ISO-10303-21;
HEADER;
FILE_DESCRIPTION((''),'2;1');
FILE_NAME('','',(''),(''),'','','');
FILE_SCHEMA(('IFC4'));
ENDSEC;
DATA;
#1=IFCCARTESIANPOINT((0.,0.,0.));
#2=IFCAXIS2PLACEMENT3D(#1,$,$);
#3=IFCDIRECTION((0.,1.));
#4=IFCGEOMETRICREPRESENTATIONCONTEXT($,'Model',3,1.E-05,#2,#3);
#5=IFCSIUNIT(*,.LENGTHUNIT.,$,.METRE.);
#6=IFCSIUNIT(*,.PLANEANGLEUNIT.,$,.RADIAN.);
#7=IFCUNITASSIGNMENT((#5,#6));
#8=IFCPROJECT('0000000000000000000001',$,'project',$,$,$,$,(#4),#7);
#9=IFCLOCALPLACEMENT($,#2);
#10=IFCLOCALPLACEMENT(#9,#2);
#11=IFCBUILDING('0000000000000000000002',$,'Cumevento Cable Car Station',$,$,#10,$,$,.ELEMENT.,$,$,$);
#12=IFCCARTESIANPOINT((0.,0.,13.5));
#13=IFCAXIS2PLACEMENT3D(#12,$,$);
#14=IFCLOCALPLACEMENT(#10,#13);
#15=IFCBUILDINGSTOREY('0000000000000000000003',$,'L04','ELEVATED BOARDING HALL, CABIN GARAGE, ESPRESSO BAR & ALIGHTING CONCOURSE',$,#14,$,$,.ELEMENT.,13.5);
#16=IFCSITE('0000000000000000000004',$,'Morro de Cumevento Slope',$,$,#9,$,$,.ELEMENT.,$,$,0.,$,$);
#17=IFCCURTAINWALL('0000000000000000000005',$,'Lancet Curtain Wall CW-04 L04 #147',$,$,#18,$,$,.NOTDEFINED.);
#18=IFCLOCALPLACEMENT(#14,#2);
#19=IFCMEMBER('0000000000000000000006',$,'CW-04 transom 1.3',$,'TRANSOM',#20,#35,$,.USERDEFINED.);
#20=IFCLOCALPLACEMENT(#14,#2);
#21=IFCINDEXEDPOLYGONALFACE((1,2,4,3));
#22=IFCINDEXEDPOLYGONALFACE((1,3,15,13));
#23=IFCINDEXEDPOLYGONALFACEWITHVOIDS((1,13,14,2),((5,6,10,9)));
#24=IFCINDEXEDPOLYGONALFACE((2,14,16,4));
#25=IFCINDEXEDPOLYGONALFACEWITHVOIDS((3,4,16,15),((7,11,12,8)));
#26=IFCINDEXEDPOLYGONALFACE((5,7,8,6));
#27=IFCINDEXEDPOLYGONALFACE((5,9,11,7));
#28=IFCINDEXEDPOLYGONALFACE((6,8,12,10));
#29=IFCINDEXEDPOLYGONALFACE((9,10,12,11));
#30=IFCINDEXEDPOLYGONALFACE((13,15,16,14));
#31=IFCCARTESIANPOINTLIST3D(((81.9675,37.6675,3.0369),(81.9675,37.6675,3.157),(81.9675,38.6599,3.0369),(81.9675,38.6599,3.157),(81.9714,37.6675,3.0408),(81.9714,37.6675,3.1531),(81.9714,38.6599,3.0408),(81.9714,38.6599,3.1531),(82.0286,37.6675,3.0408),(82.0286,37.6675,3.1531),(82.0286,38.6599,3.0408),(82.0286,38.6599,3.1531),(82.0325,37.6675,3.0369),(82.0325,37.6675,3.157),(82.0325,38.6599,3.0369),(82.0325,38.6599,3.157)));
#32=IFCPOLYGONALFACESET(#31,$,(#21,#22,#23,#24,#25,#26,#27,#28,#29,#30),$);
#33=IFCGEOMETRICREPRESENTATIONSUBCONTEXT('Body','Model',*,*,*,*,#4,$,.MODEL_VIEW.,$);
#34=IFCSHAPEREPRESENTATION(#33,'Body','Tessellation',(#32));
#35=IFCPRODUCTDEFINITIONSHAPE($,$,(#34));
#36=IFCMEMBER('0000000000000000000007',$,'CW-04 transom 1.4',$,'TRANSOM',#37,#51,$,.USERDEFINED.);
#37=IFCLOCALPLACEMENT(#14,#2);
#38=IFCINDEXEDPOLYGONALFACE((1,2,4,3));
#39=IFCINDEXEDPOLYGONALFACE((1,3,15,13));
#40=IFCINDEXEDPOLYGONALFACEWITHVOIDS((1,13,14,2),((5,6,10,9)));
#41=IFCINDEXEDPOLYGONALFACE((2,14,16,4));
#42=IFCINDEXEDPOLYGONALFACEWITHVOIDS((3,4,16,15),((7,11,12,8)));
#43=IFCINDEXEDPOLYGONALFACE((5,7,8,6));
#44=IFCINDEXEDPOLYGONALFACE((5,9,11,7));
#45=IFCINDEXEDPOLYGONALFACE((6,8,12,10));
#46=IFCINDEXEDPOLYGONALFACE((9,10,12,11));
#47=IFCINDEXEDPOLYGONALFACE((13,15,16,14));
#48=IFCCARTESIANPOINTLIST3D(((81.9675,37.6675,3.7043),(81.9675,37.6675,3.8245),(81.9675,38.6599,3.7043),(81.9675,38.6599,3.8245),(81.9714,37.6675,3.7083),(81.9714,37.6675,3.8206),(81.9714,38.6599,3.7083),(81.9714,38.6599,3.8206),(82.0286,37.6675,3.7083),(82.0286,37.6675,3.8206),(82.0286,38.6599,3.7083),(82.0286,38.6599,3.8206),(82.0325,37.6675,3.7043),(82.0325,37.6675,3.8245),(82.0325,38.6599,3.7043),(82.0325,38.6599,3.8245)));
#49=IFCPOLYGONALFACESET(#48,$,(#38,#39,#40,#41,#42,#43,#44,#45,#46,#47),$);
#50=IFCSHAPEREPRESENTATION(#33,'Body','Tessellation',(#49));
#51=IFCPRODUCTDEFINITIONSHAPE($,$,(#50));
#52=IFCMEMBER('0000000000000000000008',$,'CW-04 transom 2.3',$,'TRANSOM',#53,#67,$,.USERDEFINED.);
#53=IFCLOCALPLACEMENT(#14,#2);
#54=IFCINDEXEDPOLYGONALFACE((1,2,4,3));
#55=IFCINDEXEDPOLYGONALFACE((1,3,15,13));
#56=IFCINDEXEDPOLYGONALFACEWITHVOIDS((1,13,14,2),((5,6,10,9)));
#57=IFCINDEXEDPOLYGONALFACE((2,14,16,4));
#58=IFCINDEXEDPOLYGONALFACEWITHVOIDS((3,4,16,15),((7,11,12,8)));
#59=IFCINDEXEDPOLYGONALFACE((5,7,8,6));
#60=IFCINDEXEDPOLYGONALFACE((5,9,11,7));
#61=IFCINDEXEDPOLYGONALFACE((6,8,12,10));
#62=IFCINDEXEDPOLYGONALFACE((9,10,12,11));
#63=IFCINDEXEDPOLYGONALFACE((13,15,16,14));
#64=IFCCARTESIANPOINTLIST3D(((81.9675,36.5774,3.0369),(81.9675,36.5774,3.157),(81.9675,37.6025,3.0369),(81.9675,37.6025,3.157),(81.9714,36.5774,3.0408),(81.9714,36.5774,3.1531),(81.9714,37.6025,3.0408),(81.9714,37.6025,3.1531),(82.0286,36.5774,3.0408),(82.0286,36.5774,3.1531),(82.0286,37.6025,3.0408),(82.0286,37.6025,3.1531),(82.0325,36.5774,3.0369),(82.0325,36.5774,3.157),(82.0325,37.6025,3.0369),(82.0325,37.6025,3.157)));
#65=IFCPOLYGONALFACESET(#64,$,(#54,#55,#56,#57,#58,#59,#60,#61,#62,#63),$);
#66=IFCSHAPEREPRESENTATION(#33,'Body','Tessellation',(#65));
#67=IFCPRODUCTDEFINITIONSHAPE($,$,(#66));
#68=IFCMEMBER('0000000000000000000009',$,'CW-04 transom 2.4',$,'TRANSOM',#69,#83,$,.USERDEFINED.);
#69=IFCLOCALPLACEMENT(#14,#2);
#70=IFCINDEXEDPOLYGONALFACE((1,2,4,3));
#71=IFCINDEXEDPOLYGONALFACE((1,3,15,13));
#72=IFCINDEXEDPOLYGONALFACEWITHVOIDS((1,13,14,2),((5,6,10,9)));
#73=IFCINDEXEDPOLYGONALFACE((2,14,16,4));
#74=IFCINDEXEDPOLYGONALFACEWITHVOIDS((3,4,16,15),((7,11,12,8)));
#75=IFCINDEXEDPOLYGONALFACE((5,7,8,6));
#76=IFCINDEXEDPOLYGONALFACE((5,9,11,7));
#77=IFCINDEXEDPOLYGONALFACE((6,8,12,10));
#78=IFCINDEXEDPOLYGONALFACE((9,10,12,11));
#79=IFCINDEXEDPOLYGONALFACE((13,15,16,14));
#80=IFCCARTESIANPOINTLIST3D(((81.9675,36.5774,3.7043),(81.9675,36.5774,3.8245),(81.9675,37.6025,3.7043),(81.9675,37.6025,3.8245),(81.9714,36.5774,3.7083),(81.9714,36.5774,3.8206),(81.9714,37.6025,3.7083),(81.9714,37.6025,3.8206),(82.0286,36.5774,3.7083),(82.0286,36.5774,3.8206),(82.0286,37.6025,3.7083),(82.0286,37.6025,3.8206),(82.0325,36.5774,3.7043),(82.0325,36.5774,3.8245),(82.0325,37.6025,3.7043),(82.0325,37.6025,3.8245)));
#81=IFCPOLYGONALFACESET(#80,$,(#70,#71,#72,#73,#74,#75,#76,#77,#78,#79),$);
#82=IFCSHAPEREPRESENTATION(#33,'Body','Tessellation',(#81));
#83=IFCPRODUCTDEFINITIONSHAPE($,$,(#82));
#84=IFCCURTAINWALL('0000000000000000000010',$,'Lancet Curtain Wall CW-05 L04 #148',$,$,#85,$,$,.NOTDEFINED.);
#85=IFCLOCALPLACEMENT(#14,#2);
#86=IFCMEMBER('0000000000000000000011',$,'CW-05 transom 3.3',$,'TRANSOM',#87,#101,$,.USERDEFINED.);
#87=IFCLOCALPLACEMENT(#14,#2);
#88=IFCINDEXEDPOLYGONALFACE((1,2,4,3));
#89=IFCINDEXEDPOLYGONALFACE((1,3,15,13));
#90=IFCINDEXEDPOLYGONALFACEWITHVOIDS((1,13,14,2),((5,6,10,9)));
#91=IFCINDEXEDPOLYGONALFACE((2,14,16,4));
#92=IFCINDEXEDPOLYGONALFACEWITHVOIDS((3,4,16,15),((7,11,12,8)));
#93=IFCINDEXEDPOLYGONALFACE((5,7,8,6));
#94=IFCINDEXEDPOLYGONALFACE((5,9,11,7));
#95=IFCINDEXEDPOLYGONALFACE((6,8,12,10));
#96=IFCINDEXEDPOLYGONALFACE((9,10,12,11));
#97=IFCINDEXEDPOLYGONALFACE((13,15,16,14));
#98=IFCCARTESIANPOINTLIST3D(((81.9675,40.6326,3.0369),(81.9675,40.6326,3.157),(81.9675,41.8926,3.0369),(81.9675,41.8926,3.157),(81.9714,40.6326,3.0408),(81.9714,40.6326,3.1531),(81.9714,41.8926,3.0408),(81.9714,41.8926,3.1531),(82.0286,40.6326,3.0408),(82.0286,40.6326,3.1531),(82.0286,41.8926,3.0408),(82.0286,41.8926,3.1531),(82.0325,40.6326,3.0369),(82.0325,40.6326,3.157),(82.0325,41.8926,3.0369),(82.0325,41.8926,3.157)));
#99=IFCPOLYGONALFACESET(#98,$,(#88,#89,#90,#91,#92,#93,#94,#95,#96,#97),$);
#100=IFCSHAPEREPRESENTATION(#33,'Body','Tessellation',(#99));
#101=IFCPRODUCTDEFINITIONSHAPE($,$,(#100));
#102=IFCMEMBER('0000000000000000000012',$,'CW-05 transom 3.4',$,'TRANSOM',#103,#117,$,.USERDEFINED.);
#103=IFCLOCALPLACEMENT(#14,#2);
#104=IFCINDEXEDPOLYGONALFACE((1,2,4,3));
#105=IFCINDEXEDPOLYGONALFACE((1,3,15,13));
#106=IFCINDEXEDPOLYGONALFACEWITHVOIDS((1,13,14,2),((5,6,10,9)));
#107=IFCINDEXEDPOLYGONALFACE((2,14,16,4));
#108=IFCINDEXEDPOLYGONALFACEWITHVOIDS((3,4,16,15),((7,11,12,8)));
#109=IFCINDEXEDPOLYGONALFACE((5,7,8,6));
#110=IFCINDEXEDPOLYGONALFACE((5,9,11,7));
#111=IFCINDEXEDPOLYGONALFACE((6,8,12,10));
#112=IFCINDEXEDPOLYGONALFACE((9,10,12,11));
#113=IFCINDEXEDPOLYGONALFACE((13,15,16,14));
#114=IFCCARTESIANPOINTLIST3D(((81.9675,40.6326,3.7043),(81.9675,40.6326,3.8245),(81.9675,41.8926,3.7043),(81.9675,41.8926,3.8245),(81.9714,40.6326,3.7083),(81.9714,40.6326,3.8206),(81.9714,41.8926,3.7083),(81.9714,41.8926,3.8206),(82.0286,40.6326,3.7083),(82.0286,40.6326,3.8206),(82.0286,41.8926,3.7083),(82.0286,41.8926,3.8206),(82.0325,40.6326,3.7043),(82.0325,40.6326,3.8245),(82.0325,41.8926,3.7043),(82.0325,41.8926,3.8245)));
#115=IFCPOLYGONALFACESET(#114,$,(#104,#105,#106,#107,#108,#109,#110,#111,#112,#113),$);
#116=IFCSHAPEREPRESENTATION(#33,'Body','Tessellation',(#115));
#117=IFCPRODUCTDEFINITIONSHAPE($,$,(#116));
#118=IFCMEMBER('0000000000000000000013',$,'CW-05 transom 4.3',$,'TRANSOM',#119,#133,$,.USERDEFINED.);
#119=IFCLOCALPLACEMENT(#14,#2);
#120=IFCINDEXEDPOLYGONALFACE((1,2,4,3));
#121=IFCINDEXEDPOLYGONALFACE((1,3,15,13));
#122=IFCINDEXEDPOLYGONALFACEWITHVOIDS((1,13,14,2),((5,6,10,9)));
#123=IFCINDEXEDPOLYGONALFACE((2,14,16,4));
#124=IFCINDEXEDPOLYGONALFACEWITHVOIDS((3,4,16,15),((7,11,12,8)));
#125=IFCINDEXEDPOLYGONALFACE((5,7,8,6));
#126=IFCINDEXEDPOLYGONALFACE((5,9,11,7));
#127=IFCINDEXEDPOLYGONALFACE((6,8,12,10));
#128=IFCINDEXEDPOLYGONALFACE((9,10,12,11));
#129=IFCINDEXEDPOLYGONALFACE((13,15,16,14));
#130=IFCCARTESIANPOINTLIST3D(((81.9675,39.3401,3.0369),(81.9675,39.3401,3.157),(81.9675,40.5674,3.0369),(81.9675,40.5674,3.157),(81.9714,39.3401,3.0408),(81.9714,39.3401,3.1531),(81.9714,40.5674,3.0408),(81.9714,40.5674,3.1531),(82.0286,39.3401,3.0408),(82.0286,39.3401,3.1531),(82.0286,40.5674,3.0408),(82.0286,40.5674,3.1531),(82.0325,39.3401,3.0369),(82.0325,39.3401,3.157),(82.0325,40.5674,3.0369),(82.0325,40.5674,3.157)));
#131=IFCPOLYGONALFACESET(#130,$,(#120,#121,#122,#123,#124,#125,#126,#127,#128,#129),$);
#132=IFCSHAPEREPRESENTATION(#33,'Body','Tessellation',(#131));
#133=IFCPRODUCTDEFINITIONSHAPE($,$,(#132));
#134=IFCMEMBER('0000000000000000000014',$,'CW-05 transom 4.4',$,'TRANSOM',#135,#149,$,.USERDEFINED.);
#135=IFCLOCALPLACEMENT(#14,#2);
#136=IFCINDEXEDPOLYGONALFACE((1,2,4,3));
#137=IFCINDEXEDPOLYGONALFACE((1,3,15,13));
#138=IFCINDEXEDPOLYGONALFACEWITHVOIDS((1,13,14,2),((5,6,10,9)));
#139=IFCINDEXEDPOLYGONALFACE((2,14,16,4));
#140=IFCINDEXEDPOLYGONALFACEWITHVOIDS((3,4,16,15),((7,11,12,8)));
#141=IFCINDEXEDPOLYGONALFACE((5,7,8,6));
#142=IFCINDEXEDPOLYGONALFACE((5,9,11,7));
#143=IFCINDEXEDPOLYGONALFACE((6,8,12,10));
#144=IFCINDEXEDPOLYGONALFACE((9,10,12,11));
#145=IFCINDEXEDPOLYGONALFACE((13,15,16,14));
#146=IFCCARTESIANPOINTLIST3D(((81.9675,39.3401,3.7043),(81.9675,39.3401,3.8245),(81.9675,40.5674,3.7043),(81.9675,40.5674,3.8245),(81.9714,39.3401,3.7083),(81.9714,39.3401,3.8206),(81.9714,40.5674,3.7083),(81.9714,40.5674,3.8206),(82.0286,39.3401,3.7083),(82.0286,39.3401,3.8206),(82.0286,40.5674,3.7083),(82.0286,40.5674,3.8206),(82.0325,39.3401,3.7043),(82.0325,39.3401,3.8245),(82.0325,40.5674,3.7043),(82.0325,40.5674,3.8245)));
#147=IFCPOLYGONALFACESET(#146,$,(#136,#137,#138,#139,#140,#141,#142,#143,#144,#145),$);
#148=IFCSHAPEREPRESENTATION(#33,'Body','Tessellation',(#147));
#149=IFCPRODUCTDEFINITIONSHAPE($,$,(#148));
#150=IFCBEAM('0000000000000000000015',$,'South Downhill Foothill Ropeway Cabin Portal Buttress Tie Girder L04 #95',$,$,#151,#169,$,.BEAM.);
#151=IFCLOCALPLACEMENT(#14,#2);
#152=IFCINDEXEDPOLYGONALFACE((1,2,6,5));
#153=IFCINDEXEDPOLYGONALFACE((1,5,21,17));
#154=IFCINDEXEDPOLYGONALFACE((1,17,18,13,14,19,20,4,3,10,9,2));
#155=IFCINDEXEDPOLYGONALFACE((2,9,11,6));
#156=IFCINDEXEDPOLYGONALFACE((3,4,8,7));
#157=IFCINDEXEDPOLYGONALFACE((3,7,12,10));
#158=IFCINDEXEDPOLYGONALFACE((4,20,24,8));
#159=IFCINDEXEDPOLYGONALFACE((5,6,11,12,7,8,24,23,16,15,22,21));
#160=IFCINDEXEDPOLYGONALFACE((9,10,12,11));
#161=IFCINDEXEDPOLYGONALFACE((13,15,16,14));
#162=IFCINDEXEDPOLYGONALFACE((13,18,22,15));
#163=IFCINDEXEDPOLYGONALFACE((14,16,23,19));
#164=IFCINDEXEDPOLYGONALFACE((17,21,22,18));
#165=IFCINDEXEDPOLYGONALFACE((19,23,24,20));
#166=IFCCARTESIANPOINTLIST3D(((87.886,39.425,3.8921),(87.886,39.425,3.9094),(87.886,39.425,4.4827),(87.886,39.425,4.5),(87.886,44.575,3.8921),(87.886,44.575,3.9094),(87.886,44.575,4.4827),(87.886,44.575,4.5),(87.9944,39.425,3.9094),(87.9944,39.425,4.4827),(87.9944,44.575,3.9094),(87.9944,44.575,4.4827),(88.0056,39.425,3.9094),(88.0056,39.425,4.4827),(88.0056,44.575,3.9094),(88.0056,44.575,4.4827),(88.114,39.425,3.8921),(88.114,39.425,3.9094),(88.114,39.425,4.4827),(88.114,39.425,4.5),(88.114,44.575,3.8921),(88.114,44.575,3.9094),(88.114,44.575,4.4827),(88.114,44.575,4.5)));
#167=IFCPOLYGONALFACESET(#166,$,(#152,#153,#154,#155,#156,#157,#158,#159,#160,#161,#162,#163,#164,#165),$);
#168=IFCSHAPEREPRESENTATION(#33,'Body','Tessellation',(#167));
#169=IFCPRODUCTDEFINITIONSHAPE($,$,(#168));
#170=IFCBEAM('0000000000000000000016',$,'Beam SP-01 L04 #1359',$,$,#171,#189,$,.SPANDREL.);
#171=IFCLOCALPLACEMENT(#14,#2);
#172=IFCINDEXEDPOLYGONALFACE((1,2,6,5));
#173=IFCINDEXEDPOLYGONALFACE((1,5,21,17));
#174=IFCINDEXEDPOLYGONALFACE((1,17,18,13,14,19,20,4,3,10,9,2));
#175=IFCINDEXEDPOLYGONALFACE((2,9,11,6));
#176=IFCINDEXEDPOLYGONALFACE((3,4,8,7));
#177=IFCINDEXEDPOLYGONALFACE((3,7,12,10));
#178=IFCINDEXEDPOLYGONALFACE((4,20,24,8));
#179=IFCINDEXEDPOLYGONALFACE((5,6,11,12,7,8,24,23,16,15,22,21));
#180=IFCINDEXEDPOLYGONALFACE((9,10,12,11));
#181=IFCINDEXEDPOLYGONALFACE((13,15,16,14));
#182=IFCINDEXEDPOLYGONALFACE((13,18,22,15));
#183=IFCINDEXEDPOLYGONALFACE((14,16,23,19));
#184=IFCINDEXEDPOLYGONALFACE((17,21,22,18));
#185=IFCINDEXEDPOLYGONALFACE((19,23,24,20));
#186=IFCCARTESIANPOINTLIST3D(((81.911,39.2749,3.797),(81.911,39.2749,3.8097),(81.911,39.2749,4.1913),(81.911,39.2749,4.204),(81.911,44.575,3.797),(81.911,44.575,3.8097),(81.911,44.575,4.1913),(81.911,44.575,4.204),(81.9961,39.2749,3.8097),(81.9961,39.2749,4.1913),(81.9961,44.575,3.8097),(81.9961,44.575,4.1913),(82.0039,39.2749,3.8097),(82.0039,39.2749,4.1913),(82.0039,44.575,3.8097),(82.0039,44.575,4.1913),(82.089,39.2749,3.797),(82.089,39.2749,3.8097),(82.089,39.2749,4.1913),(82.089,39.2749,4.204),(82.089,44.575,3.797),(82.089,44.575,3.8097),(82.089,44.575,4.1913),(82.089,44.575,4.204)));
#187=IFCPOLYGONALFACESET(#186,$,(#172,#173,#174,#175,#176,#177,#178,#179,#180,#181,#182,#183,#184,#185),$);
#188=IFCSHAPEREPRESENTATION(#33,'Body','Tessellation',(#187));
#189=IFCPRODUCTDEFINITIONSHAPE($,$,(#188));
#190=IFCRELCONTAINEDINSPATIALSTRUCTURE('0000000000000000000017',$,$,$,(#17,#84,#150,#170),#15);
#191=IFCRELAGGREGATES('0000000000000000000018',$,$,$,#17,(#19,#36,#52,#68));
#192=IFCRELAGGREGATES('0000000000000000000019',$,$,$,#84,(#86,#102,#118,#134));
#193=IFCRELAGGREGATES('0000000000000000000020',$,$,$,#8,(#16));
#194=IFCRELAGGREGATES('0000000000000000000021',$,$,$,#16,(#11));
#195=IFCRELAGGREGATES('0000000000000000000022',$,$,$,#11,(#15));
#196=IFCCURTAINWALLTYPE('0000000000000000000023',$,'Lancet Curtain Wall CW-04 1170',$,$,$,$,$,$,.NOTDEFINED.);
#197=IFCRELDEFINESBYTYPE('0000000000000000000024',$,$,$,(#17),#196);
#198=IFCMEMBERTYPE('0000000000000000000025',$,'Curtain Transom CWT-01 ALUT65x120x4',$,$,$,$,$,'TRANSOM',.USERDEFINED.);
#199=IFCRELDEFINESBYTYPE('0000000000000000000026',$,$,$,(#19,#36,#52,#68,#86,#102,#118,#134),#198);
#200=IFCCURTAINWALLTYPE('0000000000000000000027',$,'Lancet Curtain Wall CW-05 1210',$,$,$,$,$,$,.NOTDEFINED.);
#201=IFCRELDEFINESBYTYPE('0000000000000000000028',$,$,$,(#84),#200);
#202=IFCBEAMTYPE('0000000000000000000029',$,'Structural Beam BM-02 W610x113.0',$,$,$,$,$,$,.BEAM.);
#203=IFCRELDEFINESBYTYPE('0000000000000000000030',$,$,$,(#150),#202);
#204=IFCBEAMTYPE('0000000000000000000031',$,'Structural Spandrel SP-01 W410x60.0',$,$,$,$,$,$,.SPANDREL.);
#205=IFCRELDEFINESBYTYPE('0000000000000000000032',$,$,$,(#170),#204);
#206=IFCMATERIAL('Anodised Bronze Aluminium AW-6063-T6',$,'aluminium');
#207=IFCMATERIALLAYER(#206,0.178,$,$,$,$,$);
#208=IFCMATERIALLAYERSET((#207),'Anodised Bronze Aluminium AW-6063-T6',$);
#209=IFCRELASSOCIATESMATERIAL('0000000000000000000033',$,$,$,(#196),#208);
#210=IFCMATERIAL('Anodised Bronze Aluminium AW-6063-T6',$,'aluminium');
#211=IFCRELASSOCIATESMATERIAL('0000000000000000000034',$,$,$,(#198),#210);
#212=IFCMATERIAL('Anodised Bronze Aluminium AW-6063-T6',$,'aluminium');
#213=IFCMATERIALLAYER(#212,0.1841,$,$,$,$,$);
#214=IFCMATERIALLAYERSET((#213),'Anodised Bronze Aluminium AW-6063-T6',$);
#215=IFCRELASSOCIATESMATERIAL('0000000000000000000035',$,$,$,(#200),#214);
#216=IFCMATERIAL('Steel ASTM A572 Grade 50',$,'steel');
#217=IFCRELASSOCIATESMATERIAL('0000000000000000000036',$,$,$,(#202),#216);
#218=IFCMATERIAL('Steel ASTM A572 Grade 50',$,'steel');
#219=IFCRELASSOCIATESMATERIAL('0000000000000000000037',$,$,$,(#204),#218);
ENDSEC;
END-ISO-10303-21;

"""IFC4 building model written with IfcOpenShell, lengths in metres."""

from ifc_helpers import new_model, si_unit, direction, frame, origin, origin_2d, place, context, subcontext, project, spatial, hollow_rectangle, i_section, extrude, material, layer, layer_set, material_profile, profile_set, type_object, element, aggregate, save


model = new_model("IFC4")

# Units and contexts
model_context = context("Model", 3, precision=1e-05, world=origin(), true_north=direction((0.0, 1.0)))
body_context = subcontext(model_context, "Body", "Model", "MODEL_VIEW")
ifc_project = project(units=[si_unit("LENGTHUNIT", "METRE"), si_unit("PLANEANGLEUNIT", "RADIAN")], contexts=[model_context])

# Site, building, storey
site_placement = place(None, origin())
site = spatial("IfcSite", under=ifc_project, at=site_placement, Name="Morro de Cumevento Slope", CompositionType="ELEMENT", RefElevation=0.0)
building_placement = place(site_placement, origin())
building = spatial("IfcBuilding", under=site, at=building_placement, Name="Cumevento Cable Car Station", CompositionType="ELEMENT")
storey_placement = place(building_placement, frame((0.0, 0.0, 13.5)))
storey = spatial("IfcBuildingStorey", under=building, at=storey_placement, Name="L04", Description="ELEVATED BOARDING HALL, CABIN GARAGE, ESPRESSO BAR & ALIGHTING CONCOURSE", CompositionType="ELEMENT", Elevation=13.5)

# Curtain walls, members
ifc_material_1 = material(Name="Anodised Bronze Aluminium AW-6063-T6", Category="aluminium")
ifc_layer_1 = layer(ifc_material_1, 0.178)
ifc_layer_set_1 = layer_set([ifc_layer_1], Name="Anodised Bronze Aluminium AW-6063-T6")
curtain_wall_type_1 = type_object("IfcCurtainWallType", Name="Lancet Curtain Wall CW-04 1170", PredefinedType="NOTDEFINED", material=ifc_layer_set_1)
curtain_wall_1_placement = place(storey_placement, origin())
curtain_wall_1 = element("IfcCurtainWall", 1, at=curtain_wall_1_placement, inside=storey, type_object=curtain_wall_type_1, Name="Lancet Curtain Wall CW-04 L04 #147", PredefinedType="NOTDEFINED")
ifc_material_2 = material(Name="Anodised Bronze Aluminium AW-6063-T6", Category="aluminium")
ifc_material_profile_1 = material_profile(ifc_material_2, hollow_rectangle(XDim=0.0649, YDim=0.1201, WallThickness=0.0039, at=origin_2d()), Name="ALUT65x120x4")
ifc_profile_set_1 = profile_set([ifc_material_profile_1], Name="Anodised Bronze Aluminium AW-6063-T6")
member_type = type_object("IfcMemberType", Name="Curtain Transom CWT-01 ALUT65x120x4", ElementType="TRANSOM", PredefinedType="USERDEFINED", material=ifc_profile_set_1)
member_1_placement = place(storey_placement, frame((82.0, 38.6599, 3.0969), z_axis=(0.0, -1.0, 0.0), x_axis=(1.0, 0.0, 0.0)))
member_1 = element("IfcMember", 2, at=member_1_placement, type_object=member_type, Name="CW-04 transom 1.3", ObjectType="TRANSOM", PredefinedType="USERDEFINED", context=body_context, shape_type="SweptSolid", body=[
    extrude(hollow_rectangle(XDim=0.0649, YDim=0.1201, WallThickness=0.0039, at=origin_2d()), origin(), (0.0, 0.0, 1.0), 0.9924),
])
member_2_placement = place(storey_placement, frame((82.0, 38.6599, 3.7644), z_axis=(0.0, -1.0, 0.0), x_axis=(1.0, 0.0, 0.0)))
member_2 = element("IfcMember", 3, at=member_2_placement, type_object=member_type, Name="CW-04 transom 1.4", ObjectType="TRANSOM", PredefinedType="USERDEFINED", context=body_context, shape_type="SweptSolid", body=[
    extrude(hollow_rectangle(XDim=0.0649, YDim=0.1201, WallThickness=0.0039, at=origin_2d()), origin(), (0.0, 0.0, 1.0), 0.9924),
])
member_3_placement = place(storey_placement, frame((82.0, 37.6025, 3.0969), z_axis=(0.0, -1.0, 0.0), x_axis=(1.0, 0.0, 0.0)))
member_3 = element("IfcMember", 4, at=member_3_placement, type_object=member_type, Name="CW-04 transom 2.3", ObjectType="TRANSOM", PredefinedType="USERDEFINED", context=body_context, shape_type="SweptSolid", body=[
    extrude(hollow_rectangle(XDim=0.0649, YDim=0.1201, WallThickness=0.0039, at=origin_2d()), origin(), (0.0, 0.0, 1.0), 1.0251),
])
member_4_placement = place(storey_placement, frame((82.0, 37.6025, 3.7644), z_axis=(0.0, -1.0, 0.0), x_axis=(1.0, 0.0, 0.0)))
member_4 = element("IfcMember", 5, at=member_4_placement, type_object=member_type, Name="CW-04 transom 2.4", ObjectType="TRANSOM", PredefinedType="USERDEFINED", context=body_context, shape_type="SweptSolid", body=[
    extrude(hollow_rectangle(XDim=0.0649, YDim=0.1201, WallThickness=0.0039, at=origin_2d()), origin(), (0.0, 0.0, 1.0), 1.0251),
])
ifc_material_3 = material(Name="Anodised Bronze Aluminium AW-6063-T6", Category="aluminium")
ifc_layer_2 = layer(ifc_material_3, 0.1841)
ifc_layer_set_2 = layer_set([ifc_layer_2], Name="Anodised Bronze Aluminium AW-6063-T6")
curtain_wall_type_2 = type_object("IfcCurtainWallType", Name="Lancet Curtain Wall CW-05 1210", PredefinedType="NOTDEFINED", material=ifc_layer_set_2)
curtain_wall_2_placement = place(storey_placement, origin())
curtain_wall_2 = element("IfcCurtainWall", 6, at=curtain_wall_2_placement, inside=storey, type_object=curtain_wall_type_2, Name="Lancet Curtain Wall CW-05 L04 #148", PredefinedType="NOTDEFINED")
member_5_placement = place(storey_placement, frame((82.0, 41.8926, 3.0969), z_axis=(0.0, -1.0, 0.0), x_axis=(1.0, 0.0, 0.0)))
member_5 = element("IfcMember", 7, at=member_5_placement, type_object=member_type, Name="CW-05 transom 3.3", ObjectType="TRANSOM", PredefinedType="USERDEFINED", context=body_context, shape_type="SweptSolid", body=[
    extrude(hollow_rectangle(XDim=0.0649, YDim=0.1201, WallThickness=0.0039, at=origin_2d()), origin(), (0.0, 0.0, 1.0), 1.26),
])
member_6_placement = place(storey_placement, frame((82.0, 41.8926, 3.7644), z_axis=(0.0, -1.0, 0.0), x_axis=(1.0, 0.0, 0.0)))
member_6 = element("IfcMember", 8, at=member_6_placement, type_object=member_type, Name="CW-05 transom 3.4", ObjectType="TRANSOM", PredefinedType="USERDEFINED", context=body_context, shape_type="SweptSolid", body=[
    extrude(hollow_rectangle(XDim=0.0649, YDim=0.1201, WallThickness=0.0039, at=origin_2d()), origin(), (0.0, 0.0, 1.0), 1.26),
])
member_7_placement = place(storey_placement, frame((82.0, 40.5674, 3.0969), z_axis=(0.0, -1.0, 0.0), x_axis=(1.0, 0.0, 0.0)))
member_7 = element("IfcMember", 9, at=member_7_placement, type_object=member_type, Name="CW-05 transom 4.3", ObjectType="TRANSOM", PredefinedType="USERDEFINED", context=body_context, shape_type="SweptSolid", body=[
    extrude(hollow_rectangle(XDim=0.0649, YDim=0.1201, WallThickness=0.0039, at=origin_2d()), origin(), (0.0, 0.0, 1.0), 1.2273),
])
member_8_placement = place(storey_placement, frame((82.0, 40.5674, 3.7644), z_axis=(0.0, -1.0, 0.0), x_axis=(1.0, 0.0, 0.0)))
member_8 = element("IfcMember", 10, at=member_8_placement, type_object=member_type, Name="CW-05 transom 4.4", ObjectType="TRANSOM", PredefinedType="USERDEFINED", context=body_context, shape_type="SweptSolid", body=[
    extrude(hollow_rectangle(XDim=0.0649, YDim=0.1201, WallThickness=0.0039, at=origin_2d()), origin(), (0.0, 0.0, 1.0), 1.2273),
])

# Beams
ifc_material_4 = material(Name="Steel ASTM A572 Grade 50", Category="steel")
ifc_material_profile_2 = material_profile(ifc_material_4, i_section(OverallWidth=0.228, OverallDepth=0.6079, WebThickness=0.0112, FlangeThickness=0.0173, at=origin_2d()), Name="W610x113.0")
ifc_profile_set_2 = profile_set([ifc_material_profile_2], Name="Steel ASTM A572 Grade 50")
beam_type_1 = type_object("IfcBeamType", Name="Structural Beam BM-02 W610x113.0", PredefinedType="BEAM", material=ifc_profile_set_2)
beam_1_placement = place(storey_placement, frame((88.0, 39.425, 4.196), z_axis=(0.0, 1.0, 0.0), x_axis=(-1.0, 0.0, 0.0)))
element("IfcBeam", 11, at=beam_1_placement, inside=storey, type_object=beam_type_1, Name="South Downhill Foothill Ropeway Cabin Portal Buttress Tie Girder L04 #95", PredefinedType="BEAM", context=body_context, shape_type="SweptSolid", body=[
    extrude(i_section(OverallWidth=0.228, OverallDepth=0.6079, WebThickness=0.0112, FlangeThickness=0.0173, at=origin_2d()), origin(), (0.0, 0.0, 1.0), 5.1499),
])
ifc_material_5 = material(Name="Steel ASTM A572 Grade 50", Category="steel")
ifc_material_profile_3 = material_profile(ifc_material_5, i_section(OverallWidth=0.178, OverallDepth=0.407, WebThickness=0.0078, FlangeThickness=0.0127, at=origin_2d()), Name="W410x60.0")
ifc_profile_set_3 = profile_set([ifc_material_profile_3], Name="Steel ASTM A572 Grade 50")
beam_type_2 = type_object("IfcBeamType", Name="Structural Spandrel SP-01 W410x60.0", PredefinedType="SPANDREL", material=ifc_profile_set_3)
beam_2_placement = place(storey_placement, frame((82.0, 39.2749, 4.0005), z_axis=(0.0, 1.0, 0.0), x_axis=(-1.0, 0.0, 0.0)))
element("IfcBeam", 12, at=beam_2_placement, inside=storey, type_object=beam_type_2, Name="Beam SP-01 L04 #1359", PredefinedType="SPANDREL", context=body_context, shape_type="SweptSolid", body=[
    extrude(i_section(OverallWidth=0.178, OverallDepth=0.407, WebThickness=0.0078, FlangeThickness=0.0127, at=origin_2d()), origin(), (0.0, 0.0, 1.0), 5.3),
])

aggregate(curtain_wall_1, [member_1, member_2, member_3, member_4])
aggregate(curtain_wall_2, [member_5, member_6, member_7, member_8])

save(model, "model.ifc")
